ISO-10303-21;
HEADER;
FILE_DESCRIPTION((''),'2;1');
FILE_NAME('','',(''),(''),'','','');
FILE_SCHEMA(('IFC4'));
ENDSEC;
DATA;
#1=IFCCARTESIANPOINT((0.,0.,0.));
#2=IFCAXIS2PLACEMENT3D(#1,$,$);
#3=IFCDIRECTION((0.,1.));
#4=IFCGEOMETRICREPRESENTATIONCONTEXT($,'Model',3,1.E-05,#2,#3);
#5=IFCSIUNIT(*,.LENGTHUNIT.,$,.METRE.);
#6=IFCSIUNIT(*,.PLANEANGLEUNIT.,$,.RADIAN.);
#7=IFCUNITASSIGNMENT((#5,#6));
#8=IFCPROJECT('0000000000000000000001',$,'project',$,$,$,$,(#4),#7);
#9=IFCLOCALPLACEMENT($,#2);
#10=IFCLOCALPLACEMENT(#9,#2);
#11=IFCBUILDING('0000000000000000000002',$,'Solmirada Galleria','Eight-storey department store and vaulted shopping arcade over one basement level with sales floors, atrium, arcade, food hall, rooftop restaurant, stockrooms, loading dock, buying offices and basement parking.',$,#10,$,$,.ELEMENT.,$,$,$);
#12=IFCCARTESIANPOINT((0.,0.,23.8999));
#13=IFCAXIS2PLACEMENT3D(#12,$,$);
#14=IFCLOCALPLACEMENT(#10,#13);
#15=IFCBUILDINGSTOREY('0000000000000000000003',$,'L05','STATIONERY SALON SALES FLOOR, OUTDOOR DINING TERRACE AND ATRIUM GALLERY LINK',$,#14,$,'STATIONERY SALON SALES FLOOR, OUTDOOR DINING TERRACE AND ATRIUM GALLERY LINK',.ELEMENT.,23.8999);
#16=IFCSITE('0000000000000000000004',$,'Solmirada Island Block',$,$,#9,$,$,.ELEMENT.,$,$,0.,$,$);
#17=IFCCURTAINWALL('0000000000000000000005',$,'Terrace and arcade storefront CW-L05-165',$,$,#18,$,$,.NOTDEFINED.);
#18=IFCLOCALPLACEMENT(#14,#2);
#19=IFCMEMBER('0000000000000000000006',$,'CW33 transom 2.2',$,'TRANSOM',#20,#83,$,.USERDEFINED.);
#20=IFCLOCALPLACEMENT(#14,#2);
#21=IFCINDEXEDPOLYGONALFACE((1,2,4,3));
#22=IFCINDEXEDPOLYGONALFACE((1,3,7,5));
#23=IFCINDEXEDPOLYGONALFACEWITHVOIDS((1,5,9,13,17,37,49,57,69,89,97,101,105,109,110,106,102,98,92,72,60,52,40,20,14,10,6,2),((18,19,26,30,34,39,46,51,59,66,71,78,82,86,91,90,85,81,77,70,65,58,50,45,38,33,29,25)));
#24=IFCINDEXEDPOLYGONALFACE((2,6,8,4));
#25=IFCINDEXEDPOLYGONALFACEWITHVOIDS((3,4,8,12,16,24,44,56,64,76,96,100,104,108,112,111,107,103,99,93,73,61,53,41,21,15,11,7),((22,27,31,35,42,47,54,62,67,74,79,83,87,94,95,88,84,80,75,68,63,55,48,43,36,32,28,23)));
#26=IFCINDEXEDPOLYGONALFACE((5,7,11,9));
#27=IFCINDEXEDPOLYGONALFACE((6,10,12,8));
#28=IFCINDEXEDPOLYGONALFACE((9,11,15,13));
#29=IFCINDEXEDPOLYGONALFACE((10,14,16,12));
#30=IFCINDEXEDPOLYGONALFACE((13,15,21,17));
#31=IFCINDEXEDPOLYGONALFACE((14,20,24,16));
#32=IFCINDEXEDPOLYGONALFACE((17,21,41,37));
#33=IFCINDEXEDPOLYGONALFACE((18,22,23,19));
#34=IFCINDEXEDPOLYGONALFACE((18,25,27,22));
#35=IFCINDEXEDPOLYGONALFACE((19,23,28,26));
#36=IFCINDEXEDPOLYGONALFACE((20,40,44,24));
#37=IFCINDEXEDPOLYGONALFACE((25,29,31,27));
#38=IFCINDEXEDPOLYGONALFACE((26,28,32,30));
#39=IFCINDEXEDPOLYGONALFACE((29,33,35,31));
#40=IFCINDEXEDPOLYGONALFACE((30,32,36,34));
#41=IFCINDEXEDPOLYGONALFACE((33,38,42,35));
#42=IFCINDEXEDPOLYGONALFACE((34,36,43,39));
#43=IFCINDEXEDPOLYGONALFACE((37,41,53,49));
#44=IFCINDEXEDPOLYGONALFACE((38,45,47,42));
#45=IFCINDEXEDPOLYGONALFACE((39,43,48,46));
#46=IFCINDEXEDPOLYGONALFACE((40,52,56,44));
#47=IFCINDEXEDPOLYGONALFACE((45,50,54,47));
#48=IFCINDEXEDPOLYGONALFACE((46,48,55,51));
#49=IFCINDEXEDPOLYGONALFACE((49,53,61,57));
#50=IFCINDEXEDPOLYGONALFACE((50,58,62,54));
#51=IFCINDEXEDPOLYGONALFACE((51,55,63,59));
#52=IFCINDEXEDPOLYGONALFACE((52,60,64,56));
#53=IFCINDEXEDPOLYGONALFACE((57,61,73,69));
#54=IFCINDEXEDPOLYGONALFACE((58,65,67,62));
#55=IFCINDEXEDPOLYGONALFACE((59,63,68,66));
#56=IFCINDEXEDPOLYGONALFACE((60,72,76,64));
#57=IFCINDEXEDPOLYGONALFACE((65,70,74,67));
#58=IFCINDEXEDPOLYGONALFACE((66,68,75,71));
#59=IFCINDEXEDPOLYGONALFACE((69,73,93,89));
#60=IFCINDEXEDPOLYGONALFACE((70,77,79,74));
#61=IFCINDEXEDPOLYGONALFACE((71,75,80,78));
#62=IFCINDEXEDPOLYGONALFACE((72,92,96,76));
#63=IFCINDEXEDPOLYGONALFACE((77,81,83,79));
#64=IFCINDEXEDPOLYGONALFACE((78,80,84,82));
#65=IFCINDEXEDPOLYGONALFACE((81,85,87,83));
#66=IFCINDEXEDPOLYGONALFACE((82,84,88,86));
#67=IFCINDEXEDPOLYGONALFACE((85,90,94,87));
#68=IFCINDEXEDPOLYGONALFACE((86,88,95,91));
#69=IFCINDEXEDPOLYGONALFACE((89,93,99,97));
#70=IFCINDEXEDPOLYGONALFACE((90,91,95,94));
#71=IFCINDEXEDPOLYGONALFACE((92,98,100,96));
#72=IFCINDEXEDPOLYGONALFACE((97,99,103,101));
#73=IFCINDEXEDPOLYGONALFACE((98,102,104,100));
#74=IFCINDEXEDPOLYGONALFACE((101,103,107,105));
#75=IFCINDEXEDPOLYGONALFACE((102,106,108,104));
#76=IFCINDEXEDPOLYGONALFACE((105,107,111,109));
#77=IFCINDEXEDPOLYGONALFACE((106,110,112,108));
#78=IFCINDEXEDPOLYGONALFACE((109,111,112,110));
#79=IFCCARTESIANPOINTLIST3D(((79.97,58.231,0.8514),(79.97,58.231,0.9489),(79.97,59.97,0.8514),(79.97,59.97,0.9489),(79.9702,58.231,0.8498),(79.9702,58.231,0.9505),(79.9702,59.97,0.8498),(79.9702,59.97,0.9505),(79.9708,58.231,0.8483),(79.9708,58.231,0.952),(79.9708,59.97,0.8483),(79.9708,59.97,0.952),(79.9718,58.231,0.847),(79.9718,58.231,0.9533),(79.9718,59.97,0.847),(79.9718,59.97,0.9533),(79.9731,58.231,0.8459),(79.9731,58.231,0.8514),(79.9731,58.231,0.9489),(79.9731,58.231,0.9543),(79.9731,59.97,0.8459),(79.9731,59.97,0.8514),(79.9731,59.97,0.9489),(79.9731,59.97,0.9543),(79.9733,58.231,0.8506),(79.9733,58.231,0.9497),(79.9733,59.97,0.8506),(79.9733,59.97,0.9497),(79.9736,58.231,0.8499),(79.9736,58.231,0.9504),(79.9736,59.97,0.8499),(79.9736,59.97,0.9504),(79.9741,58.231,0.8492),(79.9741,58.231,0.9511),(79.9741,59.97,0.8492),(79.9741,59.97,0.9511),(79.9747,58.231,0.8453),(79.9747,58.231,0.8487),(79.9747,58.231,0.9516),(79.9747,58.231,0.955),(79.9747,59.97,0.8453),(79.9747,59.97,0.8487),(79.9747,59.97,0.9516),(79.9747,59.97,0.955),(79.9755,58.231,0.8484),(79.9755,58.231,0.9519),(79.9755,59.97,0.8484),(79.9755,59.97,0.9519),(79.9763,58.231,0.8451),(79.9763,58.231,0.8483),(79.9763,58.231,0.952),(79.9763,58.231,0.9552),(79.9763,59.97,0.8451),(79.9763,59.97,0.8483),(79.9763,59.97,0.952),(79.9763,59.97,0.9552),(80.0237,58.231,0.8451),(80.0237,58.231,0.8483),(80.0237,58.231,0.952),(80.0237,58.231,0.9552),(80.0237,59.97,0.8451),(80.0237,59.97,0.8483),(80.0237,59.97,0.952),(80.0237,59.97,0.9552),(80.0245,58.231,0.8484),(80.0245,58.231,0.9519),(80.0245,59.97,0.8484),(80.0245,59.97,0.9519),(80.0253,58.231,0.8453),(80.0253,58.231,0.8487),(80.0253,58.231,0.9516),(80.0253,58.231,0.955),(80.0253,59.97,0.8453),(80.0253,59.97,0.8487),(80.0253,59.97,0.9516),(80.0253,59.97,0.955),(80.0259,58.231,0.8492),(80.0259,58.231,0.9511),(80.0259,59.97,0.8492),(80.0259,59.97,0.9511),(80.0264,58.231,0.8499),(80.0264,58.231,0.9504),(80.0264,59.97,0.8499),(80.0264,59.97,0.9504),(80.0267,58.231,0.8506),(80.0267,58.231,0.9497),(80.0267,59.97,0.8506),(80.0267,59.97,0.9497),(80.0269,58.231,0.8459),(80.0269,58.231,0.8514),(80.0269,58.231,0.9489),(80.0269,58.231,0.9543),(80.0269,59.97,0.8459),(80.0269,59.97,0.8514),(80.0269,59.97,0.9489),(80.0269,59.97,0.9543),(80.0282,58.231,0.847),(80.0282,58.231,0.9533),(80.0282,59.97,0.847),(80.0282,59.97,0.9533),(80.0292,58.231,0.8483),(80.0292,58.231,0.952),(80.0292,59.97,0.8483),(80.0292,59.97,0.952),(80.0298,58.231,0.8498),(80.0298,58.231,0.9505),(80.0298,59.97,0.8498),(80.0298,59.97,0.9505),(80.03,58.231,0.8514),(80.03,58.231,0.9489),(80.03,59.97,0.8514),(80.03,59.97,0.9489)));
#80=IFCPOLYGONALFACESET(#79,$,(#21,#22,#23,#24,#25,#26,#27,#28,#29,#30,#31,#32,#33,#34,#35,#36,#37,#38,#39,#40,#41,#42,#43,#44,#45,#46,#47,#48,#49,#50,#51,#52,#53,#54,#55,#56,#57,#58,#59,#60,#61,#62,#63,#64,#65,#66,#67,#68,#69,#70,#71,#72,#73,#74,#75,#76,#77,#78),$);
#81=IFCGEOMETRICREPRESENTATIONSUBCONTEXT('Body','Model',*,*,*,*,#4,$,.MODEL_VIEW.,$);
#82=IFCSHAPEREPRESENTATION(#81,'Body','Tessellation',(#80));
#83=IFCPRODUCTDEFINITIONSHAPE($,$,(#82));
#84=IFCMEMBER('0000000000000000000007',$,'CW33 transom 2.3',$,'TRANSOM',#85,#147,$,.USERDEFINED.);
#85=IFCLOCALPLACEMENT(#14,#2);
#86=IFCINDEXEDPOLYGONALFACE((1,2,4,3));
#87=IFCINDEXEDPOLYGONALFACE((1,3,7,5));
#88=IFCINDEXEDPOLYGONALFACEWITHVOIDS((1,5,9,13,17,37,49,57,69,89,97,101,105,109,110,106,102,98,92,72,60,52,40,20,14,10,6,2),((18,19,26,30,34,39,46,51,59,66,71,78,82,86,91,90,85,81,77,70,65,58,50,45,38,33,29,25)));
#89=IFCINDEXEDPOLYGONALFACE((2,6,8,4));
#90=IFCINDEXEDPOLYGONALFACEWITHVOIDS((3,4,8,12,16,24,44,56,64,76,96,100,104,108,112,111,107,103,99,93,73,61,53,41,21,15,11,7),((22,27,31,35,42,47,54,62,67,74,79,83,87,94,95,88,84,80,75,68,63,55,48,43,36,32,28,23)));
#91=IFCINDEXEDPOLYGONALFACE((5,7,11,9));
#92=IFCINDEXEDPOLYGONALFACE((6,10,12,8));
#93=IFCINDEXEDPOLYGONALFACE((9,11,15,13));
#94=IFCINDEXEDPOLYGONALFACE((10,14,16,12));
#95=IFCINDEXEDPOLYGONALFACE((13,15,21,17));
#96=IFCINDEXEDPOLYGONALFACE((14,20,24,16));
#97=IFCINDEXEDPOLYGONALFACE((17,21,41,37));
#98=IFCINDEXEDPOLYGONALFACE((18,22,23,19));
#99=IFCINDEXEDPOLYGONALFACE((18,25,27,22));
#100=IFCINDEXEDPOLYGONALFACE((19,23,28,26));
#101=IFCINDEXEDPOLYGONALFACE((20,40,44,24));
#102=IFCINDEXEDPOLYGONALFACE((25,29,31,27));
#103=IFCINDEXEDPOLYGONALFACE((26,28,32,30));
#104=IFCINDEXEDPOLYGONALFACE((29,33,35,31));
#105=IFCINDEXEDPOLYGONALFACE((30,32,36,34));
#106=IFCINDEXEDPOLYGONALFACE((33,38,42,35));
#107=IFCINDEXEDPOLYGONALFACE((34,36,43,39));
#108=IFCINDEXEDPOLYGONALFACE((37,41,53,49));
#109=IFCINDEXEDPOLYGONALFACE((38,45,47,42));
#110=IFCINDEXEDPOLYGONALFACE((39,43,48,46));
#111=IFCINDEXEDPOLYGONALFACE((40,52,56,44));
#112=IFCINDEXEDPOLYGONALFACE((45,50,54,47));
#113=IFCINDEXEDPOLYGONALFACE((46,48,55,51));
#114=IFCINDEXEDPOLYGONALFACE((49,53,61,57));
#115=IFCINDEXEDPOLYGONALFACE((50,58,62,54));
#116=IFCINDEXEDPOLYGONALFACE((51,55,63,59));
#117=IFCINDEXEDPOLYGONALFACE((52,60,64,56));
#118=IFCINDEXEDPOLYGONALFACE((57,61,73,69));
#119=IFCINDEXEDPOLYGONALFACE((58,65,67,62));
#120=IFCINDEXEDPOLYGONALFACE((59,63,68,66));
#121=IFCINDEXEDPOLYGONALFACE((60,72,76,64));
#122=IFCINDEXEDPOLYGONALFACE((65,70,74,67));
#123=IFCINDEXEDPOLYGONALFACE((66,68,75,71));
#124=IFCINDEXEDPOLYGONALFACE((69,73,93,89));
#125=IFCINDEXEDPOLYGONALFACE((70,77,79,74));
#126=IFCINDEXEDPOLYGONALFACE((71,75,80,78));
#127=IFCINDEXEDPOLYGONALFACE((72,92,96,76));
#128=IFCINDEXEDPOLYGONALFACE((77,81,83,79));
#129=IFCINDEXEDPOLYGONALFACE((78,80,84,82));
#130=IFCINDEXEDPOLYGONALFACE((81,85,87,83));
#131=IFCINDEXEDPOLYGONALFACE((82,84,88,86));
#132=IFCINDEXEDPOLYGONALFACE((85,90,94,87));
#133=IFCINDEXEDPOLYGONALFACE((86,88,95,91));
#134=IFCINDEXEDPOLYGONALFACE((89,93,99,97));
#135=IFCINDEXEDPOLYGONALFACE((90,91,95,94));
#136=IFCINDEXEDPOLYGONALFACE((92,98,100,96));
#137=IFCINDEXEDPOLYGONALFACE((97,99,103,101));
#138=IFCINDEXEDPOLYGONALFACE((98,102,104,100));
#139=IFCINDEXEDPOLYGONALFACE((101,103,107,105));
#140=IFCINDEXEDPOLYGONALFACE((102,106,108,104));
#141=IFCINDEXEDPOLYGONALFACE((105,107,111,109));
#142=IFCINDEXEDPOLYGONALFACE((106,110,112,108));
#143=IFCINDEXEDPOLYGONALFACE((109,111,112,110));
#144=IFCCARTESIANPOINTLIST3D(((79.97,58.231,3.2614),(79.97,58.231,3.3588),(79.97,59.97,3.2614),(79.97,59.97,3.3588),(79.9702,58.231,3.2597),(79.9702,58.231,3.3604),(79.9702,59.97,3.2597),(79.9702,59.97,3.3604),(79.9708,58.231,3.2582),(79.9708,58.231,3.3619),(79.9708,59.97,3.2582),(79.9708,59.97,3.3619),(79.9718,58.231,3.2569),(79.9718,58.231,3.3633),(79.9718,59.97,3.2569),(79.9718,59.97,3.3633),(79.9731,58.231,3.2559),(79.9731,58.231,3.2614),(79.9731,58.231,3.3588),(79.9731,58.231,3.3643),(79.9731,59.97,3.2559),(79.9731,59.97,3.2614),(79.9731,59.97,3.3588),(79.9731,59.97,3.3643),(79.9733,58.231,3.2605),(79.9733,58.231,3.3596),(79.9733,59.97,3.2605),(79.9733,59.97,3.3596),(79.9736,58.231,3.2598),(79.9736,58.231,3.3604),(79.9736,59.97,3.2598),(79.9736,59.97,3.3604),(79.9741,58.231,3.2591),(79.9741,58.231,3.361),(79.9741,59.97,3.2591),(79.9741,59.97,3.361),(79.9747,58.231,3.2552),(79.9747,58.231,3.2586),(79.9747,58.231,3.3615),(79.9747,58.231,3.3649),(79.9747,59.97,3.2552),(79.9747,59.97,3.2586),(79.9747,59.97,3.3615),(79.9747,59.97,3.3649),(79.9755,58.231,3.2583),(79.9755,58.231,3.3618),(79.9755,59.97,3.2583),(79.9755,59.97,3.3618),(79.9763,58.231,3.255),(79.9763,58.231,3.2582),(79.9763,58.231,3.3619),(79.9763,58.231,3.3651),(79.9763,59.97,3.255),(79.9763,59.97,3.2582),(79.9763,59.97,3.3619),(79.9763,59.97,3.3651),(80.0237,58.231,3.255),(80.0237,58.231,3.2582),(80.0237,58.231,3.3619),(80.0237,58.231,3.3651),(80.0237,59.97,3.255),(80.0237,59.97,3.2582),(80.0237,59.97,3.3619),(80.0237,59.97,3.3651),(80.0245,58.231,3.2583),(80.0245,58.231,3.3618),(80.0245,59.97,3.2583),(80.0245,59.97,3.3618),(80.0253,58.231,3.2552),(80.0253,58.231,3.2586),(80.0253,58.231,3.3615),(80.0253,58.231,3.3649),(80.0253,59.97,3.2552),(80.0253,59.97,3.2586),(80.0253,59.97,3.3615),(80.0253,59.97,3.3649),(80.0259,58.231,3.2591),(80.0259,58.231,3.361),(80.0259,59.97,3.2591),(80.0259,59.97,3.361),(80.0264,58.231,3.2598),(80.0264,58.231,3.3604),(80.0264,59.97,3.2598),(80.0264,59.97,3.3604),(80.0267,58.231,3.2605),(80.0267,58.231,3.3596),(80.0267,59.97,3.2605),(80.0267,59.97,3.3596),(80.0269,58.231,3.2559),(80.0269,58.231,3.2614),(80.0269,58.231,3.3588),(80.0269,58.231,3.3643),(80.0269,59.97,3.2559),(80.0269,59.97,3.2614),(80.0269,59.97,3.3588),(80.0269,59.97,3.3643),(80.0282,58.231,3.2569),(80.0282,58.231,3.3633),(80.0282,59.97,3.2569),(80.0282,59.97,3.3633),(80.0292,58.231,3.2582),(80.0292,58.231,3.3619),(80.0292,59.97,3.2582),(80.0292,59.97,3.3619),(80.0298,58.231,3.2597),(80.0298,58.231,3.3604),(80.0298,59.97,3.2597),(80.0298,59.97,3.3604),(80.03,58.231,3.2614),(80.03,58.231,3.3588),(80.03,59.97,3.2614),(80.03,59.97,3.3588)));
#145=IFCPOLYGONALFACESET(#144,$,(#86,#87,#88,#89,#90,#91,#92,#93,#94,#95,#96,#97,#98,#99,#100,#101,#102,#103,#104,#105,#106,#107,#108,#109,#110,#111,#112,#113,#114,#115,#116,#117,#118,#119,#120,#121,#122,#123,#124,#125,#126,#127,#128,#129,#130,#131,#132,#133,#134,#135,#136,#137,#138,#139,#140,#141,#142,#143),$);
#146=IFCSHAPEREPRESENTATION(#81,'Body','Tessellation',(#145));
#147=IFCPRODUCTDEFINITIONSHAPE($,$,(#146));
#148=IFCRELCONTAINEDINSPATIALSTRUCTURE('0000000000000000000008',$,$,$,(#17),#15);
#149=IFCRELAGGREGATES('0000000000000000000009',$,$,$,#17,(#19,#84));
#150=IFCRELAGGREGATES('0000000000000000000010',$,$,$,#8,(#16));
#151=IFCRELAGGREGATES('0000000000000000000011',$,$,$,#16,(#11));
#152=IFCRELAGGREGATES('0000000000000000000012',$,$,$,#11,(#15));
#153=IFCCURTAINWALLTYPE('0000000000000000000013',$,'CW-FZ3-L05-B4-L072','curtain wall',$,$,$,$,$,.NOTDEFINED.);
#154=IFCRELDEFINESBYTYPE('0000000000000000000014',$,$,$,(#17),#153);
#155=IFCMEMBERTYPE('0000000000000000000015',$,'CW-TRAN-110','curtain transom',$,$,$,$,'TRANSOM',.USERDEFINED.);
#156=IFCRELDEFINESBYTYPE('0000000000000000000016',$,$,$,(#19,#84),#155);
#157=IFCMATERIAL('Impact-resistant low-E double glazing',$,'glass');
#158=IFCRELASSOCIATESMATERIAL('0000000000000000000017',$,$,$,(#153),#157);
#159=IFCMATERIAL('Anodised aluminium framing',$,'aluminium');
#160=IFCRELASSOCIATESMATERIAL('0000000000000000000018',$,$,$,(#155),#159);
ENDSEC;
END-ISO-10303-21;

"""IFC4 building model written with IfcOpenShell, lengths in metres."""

from ifc_helpers import new_model, si_unit, direction, frame, origin, origin_2d, place, context, subcontext, project, spatial, hollow_rectangle, extrude, material, material_profile, profile_set, type_object, element, aggregate, save


model = new_model("IFC4")

# Units and contexts
model_context = context("Model", 3, precision=1e-05, world=origin(), true_north=direction((0.0, 1.0)))
body_context = subcontext(model_context, "Body", "Model", "MODEL_VIEW")
ifc_project = project(units=[si_unit("LENGTHUNIT", "METRE"), si_unit("PLANEANGLEUNIT", "RADIAN")], contexts=[model_context])

# Site, building, storey
site_placement = place(None, origin())
site = spatial("IfcSite", under=ifc_project, at=site_placement, Name="Solmirada Island Block", CompositionType="ELEMENT", RefElevation=0.0)
building_placement = place(site_placement, origin())
building = spatial("IfcBuilding", under=site, at=building_placement, Name="Solmirada Galleria", Description="Eight-storey department store and vaulted shopping arcade over one basement level with sales floors, atrium, arcade, food hall, rooftop restaurant, stockrooms, loading dock, buying offices and basement parking.", CompositionType="ELEMENT")
storey_placement = place(building_placement, frame((0.0, 0.0, 23.8999)))
storey = spatial("IfcBuildingStorey", under=building, at=storey_placement, Name="L05", Description="STATIONERY SALON SALES FLOOR, OUTDOOR DINING TERRACE AND ATRIUM GALLERY LINK", LongName="STATIONERY SALON SALES FLOOR, OUTDOOR DINING TERRACE AND ATRIUM GALLERY LINK", CompositionType="ELEMENT", Elevation=23.8999)

# Curtain wall, members
ifc_material_1 = material(Name="Impact-resistant low-E double glazing", Category="glass")
curtain_wall_type = type_object("IfcCurtainWallType", Name="CW-FZ3-L05-B4-L072", Description="curtain wall", PredefinedType="NOTDEFINED", material=ifc_material_1)
curtain_wall_placement = place(storey_placement, origin())
curtain_wall = element("IfcCurtainWall", 1, at=curtain_wall_placement, inside=storey, type_object=curtain_wall_type, Name="Terrace and arcade storefront CW-L05-165", PredefinedType="NOTDEFINED")
ifc_material_2 = material(Name="Anodised aluminium framing", Category="aluminium")
ifc_material_profile_1 = material_profile(ifc_material_2, hollow_rectangle(XDim=0.0601, YDim=0.1101, WallThickness=0.0032, InnerFilletRadius=0.0032, OuterFilletRadius=0.0063, at=origin_2d()), Name="ALU-TRAN-110X60")
ifc_profile_set_1 = profile_set([ifc_material_profile_1], Name="Anodised aluminium framing")
member_type_1 = type_object("IfcMemberType", Name="CW-TRAN-110", Description="curtain transom", ElementType="TRANSOM", PredefinedType="USERDEFINED", material=ifc_profile_set_1)
member_1_placement = place(storey_placement, frame((80.0, 58.231, 0.9001), z_axis=(0.0, 1.0, 0.0), x_axis=(-1.0, 0.0, 0.0)))
member_1 = element("IfcMember", 2, at=member_1_placement, type_object=member_type_1, Name="CW33 transom 2.2", ObjectType="TRANSOM", PredefinedType="USERDEFINED", context=body_context, shape_type="SweptSolid", body=[
    extrude(hollow_rectangle(XDim=0.0601, YDim=0.1101, WallThickness=0.0032, InnerFilletRadius=0.0032, OuterFilletRadius=0.0063, at=origin_2d()), origin(), (0.0, 0.0, 1.0), 1.739),
])
member_2_placement = place(storey_placement, frame((80.0, 58.231, 3.3101), z_axis=(0.0, 1.0, 0.0), x_axis=(-1.0, 0.0, 0.0)))
member_2 = element("IfcMember", 3, at=member_2_placement, type_object=member_type_1, Name="CW33 transom 2.3", ObjectType="TRANSOM", PredefinedType="USERDEFINED", context=body_context, shape_type="SweptSolid", body=[
    extrude(hollow_rectangle(XDim=0.0601, YDim=0.1101, WallThickness=0.0032, InnerFilletRadius=0.0032, OuterFilletRadius=0.0063, at=origin_2d()), origin(), (0.0, 0.0, 1.0), 1.739),
])
aggregate(curtain_wall, [member_1, member_2])

save(model, "model.ifc")
